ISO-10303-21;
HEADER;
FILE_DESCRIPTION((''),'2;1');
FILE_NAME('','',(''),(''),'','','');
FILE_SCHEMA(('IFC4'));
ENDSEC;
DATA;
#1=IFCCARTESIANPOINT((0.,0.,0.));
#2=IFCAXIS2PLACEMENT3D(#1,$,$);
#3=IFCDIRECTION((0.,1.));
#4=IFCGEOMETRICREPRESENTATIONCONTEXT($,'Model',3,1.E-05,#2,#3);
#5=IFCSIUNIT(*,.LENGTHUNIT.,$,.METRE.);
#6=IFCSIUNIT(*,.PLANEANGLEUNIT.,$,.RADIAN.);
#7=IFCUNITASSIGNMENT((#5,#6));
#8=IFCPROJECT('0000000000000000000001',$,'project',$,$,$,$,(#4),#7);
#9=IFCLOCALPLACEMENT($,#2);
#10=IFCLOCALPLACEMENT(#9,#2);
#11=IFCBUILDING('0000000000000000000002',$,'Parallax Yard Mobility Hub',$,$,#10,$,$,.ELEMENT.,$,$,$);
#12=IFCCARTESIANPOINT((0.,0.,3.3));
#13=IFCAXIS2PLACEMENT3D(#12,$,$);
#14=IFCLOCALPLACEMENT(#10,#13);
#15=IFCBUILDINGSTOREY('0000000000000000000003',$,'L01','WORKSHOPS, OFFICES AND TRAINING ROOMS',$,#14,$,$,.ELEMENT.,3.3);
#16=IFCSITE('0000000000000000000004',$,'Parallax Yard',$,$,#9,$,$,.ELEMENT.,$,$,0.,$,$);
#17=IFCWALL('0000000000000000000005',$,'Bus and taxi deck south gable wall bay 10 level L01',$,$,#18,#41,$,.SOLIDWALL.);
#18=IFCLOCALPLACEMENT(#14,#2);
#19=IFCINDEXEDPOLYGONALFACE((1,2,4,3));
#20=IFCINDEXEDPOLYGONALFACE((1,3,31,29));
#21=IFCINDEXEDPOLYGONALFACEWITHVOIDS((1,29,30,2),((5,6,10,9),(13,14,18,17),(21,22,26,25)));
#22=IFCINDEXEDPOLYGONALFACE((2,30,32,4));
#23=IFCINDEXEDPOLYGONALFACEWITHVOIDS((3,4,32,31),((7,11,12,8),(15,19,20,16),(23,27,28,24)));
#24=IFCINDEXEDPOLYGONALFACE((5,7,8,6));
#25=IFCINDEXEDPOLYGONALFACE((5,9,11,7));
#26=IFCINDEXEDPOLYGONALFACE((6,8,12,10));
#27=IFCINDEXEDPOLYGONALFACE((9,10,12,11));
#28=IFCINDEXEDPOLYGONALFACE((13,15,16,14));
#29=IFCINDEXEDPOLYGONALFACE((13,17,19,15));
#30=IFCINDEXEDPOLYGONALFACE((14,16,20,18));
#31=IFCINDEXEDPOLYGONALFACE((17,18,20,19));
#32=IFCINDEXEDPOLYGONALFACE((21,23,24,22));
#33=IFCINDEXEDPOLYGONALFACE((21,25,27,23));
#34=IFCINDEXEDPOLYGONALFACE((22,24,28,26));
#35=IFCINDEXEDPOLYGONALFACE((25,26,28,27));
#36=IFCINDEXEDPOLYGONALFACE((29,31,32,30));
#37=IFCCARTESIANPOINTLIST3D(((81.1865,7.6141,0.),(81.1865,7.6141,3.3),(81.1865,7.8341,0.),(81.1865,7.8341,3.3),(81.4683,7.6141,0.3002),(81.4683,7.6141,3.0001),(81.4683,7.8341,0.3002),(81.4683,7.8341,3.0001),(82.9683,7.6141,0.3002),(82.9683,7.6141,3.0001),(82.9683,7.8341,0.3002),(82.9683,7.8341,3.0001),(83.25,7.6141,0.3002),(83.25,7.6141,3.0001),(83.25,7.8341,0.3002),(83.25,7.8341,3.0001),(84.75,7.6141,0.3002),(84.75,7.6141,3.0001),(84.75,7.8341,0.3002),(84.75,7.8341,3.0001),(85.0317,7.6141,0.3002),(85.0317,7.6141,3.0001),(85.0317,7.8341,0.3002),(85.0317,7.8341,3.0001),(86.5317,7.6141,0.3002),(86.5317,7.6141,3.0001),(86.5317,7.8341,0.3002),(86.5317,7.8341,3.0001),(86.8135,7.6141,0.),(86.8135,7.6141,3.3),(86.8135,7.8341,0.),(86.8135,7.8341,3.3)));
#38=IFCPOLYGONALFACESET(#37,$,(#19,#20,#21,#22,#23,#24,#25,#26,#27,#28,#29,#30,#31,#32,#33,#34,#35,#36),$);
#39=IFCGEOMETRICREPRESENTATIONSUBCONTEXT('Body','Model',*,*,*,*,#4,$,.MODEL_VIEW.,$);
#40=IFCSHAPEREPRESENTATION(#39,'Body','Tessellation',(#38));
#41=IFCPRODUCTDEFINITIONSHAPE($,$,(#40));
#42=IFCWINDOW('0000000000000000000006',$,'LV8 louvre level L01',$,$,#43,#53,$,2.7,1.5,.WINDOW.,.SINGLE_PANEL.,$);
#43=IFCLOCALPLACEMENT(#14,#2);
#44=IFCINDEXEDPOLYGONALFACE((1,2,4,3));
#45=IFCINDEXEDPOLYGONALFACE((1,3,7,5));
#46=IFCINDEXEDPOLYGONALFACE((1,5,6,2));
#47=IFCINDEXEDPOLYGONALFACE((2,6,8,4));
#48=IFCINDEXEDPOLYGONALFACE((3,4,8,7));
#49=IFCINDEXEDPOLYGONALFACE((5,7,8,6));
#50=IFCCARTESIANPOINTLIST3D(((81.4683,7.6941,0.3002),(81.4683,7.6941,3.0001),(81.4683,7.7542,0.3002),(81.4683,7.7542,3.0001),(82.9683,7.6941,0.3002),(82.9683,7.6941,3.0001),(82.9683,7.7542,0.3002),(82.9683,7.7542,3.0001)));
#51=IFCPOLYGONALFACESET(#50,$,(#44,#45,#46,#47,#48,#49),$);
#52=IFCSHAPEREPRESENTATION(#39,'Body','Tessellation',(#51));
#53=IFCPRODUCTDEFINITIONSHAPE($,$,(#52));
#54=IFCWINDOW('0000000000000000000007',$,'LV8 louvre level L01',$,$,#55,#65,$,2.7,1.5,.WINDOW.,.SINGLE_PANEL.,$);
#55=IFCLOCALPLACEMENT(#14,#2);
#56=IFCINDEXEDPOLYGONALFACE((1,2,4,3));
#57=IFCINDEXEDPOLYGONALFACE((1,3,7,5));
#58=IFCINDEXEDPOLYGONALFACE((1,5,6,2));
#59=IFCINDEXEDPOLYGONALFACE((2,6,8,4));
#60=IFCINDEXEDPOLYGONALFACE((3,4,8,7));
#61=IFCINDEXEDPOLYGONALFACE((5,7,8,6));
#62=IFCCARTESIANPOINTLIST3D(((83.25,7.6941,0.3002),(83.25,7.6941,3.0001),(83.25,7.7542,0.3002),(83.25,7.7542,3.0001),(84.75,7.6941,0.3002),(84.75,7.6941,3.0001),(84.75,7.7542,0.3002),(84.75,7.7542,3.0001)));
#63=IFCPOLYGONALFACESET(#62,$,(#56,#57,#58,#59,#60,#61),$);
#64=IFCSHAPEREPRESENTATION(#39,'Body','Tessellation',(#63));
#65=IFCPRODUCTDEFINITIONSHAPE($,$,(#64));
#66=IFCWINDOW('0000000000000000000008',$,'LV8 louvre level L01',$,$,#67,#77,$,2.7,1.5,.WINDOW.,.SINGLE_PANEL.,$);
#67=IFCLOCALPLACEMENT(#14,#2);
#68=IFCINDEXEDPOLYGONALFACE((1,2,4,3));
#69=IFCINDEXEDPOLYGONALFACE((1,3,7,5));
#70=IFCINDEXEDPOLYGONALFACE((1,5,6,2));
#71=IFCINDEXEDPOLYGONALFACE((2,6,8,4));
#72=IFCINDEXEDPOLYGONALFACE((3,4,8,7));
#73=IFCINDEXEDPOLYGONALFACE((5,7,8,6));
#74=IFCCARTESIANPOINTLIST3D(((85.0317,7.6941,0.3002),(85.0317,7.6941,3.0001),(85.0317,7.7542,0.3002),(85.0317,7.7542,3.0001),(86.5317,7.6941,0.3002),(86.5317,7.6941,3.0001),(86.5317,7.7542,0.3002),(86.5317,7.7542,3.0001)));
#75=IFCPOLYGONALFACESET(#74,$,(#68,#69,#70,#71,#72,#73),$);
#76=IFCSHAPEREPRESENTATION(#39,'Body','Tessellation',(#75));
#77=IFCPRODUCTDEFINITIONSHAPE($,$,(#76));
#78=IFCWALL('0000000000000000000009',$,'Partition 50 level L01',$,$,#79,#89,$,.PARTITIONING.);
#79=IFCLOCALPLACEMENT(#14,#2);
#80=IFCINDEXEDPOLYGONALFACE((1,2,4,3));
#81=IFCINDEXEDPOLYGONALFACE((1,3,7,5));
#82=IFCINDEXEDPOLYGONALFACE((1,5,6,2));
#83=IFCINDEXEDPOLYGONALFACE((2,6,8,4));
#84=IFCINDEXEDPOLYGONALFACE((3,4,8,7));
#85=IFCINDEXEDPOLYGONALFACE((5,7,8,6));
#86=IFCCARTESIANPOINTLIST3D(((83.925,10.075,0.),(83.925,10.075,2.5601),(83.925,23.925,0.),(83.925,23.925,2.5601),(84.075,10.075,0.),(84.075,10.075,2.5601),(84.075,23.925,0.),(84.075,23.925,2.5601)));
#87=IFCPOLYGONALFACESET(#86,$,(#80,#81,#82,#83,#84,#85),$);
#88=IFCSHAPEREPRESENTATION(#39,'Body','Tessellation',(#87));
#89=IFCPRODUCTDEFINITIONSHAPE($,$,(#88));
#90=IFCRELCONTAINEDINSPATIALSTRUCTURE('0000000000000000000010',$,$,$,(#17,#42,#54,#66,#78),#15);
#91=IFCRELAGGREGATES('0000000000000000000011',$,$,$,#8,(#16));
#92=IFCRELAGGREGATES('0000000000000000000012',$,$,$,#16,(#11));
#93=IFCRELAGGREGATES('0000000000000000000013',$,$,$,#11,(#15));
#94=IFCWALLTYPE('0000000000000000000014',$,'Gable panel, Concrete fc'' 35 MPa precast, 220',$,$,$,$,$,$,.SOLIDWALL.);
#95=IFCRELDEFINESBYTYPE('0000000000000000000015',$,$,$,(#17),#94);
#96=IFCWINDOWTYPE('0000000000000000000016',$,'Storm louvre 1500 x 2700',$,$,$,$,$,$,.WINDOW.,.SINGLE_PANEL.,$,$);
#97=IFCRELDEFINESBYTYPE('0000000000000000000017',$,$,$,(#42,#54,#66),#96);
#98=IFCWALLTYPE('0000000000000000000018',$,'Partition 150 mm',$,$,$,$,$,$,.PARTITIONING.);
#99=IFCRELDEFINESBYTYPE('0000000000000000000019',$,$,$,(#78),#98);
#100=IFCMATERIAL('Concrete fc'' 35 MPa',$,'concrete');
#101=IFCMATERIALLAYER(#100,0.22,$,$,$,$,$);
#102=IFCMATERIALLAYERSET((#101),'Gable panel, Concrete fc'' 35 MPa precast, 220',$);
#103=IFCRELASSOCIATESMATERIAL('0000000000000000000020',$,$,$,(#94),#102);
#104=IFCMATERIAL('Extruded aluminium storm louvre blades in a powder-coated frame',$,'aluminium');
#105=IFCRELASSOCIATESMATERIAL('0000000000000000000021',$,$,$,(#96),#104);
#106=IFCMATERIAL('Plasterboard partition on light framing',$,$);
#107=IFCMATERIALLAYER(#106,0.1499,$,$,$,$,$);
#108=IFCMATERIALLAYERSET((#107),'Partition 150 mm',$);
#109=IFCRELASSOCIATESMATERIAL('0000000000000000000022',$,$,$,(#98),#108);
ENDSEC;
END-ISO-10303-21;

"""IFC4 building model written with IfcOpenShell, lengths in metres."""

from ifc_helpers import new_model, si_unit, direction, frame, frame_2d, origin, place, context, subcontext, project, spatial, rectangle, extrude, material, layer, layer_set, type_object, element, fill, save


model = new_model("IFC4")

# Units and contexts
model_context = context("Model", 3, precision=1e-05, world=origin(), true_north=direction((0.0, 1.0)))
body_context = subcontext(model_context, "Body", "Model", "MODEL_VIEW")
ifc_project = project(units=[si_unit("LENGTHUNIT", "METRE"), si_unit("PLANEANGLEUNIT", "RADIAN")], contexts=[model_context])

# Site, building, storey
site_placement = place(None, origin())
site = spatial("IfcSite", under=ifc_project, at=site_placement, Name="Parallax Yard", CompositionType="ELEMENT", RefElevation=0.0)
building_placement = place(site_placement, origin())
building = spatial("IfcBuilding", under=site, at=building_placement, Name="Parallax Yard Mobility Hub", CompositionType="ELEMENT")
storey_placement = place(building_placement, frame((0.0, 0.0, 3.3)))
storey = spatial("IfcBuildingStorey", under=building, at=storey_placement, Name="L01", Description="WORKSHOPS, OFFICES AND TRAINING ROOMS", CompositionType="ELEMENT", Elevation=3.3)

# Wall, openings, windows
ifc_material_1 = material(Name="Concrete fc' 35 MPa", Category="concrete")
ifc_layer_1 = layer(ifc_material_1, 0.22)
ifc_layer_set_1 = layer_set([ifc_layer_1], Name="Gable panel, Concrete fc' 35 MPa precast, 220")
wall_type_1 = type_object("IfcWallType", Name="Gable panel, Concrete fc' 35 MPa precast, 220", PredefinedType="SOLIDWALL", material=ifc_layer_set_1)
wall_1_placement = place(storey_placement, frame((81.1865, 7.7241, 0.0), z_axis=(0.0, 0.0, 1.0), x_axis=(1.0, 0.0, 0.0)))
wall_1 = element("IfcWall", 1, at=wall_1_placement, inside=storey, type_object=wall_type_1, Name="Bus and taxi deck south gable wall bay 10 level L01", PredefinedType="SOLIDWALL", context=body_context, shape_type="SweptSolid", body=[
    extrude(rectangle(XDim=5.627, YDim=0.22, at=frame_2d((2.8135, 0.0))), origin(), (0.0, 0.0, 1.0), 3.3),
])
opening_1_placement = place(wall_1_placement, frame((0.2817, 0.0, 0.3)))
opening_1 = element("IfcOpeningElement", 2, at=opening_1_placement, cuts=wall_1, PredefinedType="OPENING", context=body_context, shape_type="SweptSolid", body=[
    extrude(rectangle(XDim=1.5, YDim=2.7, at=frame_2d((0.75, 1.3501))), frame((0.0, 0.1201, 0.0), z_axis=(0.0, -1.0, 0.0), x_axis=(1.0, 0.0, 0.0)), (0.0, 0.0, 1.0), 0.24),
])
opening_2_placement = place(wall_1_placement, frame((2.0635, 0.0, 0.3)))
opening_2 = element("IfcOpeningElement", 3, at=opening_2_placement, cuts=wall_1, PredefinedType="OPENING", context=body_context, shape_type="SweptSolid", body=[
    extrude(rectangle(XDim=1.5, YDim=2.7, at=frame_2d((0.75, 1.3501))), frame((0.0, 0.1201, 0.0), z_axis=(0.0, -1.0, 0.0), x_axis=(1.0, 0.0, 0.0)), (0.0, 0.0, 1.0), 0.24),
])
opening_3_placement = place(wall_1_placement, frame((3.8452, 0.0, 0.3)))
opening_3 = element("IfcOpeningElement", 4, at=opening_3_placement, cuts=wall_1, PredefinedType="OPENING", context=body_context, shape_type="SweptSolid", body=[
    extrude(rectangle(XDim=1.5, YDim=2.7, at=frame_2d((0.75, 1.3501))), frame((0.0, 0.1201, 0.0), z_axis=(0.0, -1.0, 0.0), x_axis=(1.0, 0.0, 0.0)), (0.0, 0.0, 1.0), 0.24),
])
ifc_material_2 = material(Name="Extruded aluminium storm louvre blades in a powder-coated frame", Category="aluminium")
window_type = type_object("IfcWindowType", Name="Storm louvre 1500 x 2700", PartitioningType="SINGLE_PANEL", PredefinedType="WINDOW", material=ifc_material_2)
window_1_placement = place(opening_1_placement, origin())
window_1 = element("IfcWindow", 5, at=window_1_placement, inside=storey, type_object=window_type, Name="LV8 louvre level L01", OverallHeight=2.7, OverallWidth=1.5, PartitioningType="SINGLE_PANEL", PredefinedType="WINDOW", context=body_context, shape_type="SweptSolid", body=[
    extrude(rectangle(XDim=1.5, YDim=2.7, at=frame_2d((0.75, 1.3501))), frame((0.0, 0.03, 0.0), z_axis=(0.0, -1.0, 0.0), x_axis=(1.0, 0.0, 0.0)), (0.0, 0.0, 1.0), 0.0601),
])
fill(opening_1, window_1)
window_2_placement = place(opening_2_placement, origin())
window_2 = element("IfcWindow", 6, at=window_2_placement, inside=storey, type_object=window_type, Name="LV8 louvre level L01", OverallHeight=2.7, OverallWidth=1.5, PartitioningType="SINGLE_PANEL", PredefinedType="WINDOW", context=body_context, shape_type="SweptSolid", body=[
    extrude(rectangle(XDim=1.5, YDim=2.7, at=frame_2d((0.75, 1.3501))), frame((0.0, 0.03, 0.0), z_axis=(0.0, -1.0, 0.0), x_axis=(1.0, 0.0, 0.0)), (0.0, 0.0, 1.0), 0.0601),
])
fill(opening_2, window_2)
window_3_placement = place(opening_3_placement, origin())
window_3 = element("IfcWindow", 7, at=window_3_placement, inside=storey, type_object=window_type, Name="LV8 louvre level L01", OverallHeight=2.7, OverallWidth=1.5, PartitioningType="SINGLE_PANEL", PredefinedType="WINDOW", context=body_context, shape_type="SweptSolid", body=[
    extrude(rectangle(XDim=1.5, YDim=2.7, at=frame_2d((0.75, 1.3501))), frame((0.0, 0.03, 0.0), z_axis=(0.0, -1.0, 0.0), x_axis=(1.0, 0.0, 0.0)), (0.0, 0.0, 1.0), 0.0601),
])
fill(opening_3, window_3)

# Wall
ifc_material_3 = material(Name="Plasterboard partition on light framing")
ifc_layer_2 = layer(ifc_material_3, 0.1499)
ifc_layer_set_2 = layer_set([ifc_layer_2], Name="Partition 150 mm")
wall_type_2 = type_object("IfcWallType", Name="Partition 150 mm", PredefinedType="PARTITIONING", material=ifc_layer_set_2)
wall_2_placement = place(storey_placement, frame((84.0, 10.075, 0.0), z_axis=(0.0, 0.0, 1.0), x_axis=(0.0, 1.0, 0.0)))
element("IfcWall", 8, at=wall_2_placement, inside=storey, type_object=wall_type_2, Name="Partition 50 level L01", PredefinedType="PARTITIONING", context=body_context, shape_type="SweptSolid", body=[
    extrude(rectangle(XDim=13.8501, YDim=0.1499, at=frame_2d((6.925, 0.0))), origin(), (0.0, 0.0, 1.0), 2.5601),
])

save(model, "model.ifc")
